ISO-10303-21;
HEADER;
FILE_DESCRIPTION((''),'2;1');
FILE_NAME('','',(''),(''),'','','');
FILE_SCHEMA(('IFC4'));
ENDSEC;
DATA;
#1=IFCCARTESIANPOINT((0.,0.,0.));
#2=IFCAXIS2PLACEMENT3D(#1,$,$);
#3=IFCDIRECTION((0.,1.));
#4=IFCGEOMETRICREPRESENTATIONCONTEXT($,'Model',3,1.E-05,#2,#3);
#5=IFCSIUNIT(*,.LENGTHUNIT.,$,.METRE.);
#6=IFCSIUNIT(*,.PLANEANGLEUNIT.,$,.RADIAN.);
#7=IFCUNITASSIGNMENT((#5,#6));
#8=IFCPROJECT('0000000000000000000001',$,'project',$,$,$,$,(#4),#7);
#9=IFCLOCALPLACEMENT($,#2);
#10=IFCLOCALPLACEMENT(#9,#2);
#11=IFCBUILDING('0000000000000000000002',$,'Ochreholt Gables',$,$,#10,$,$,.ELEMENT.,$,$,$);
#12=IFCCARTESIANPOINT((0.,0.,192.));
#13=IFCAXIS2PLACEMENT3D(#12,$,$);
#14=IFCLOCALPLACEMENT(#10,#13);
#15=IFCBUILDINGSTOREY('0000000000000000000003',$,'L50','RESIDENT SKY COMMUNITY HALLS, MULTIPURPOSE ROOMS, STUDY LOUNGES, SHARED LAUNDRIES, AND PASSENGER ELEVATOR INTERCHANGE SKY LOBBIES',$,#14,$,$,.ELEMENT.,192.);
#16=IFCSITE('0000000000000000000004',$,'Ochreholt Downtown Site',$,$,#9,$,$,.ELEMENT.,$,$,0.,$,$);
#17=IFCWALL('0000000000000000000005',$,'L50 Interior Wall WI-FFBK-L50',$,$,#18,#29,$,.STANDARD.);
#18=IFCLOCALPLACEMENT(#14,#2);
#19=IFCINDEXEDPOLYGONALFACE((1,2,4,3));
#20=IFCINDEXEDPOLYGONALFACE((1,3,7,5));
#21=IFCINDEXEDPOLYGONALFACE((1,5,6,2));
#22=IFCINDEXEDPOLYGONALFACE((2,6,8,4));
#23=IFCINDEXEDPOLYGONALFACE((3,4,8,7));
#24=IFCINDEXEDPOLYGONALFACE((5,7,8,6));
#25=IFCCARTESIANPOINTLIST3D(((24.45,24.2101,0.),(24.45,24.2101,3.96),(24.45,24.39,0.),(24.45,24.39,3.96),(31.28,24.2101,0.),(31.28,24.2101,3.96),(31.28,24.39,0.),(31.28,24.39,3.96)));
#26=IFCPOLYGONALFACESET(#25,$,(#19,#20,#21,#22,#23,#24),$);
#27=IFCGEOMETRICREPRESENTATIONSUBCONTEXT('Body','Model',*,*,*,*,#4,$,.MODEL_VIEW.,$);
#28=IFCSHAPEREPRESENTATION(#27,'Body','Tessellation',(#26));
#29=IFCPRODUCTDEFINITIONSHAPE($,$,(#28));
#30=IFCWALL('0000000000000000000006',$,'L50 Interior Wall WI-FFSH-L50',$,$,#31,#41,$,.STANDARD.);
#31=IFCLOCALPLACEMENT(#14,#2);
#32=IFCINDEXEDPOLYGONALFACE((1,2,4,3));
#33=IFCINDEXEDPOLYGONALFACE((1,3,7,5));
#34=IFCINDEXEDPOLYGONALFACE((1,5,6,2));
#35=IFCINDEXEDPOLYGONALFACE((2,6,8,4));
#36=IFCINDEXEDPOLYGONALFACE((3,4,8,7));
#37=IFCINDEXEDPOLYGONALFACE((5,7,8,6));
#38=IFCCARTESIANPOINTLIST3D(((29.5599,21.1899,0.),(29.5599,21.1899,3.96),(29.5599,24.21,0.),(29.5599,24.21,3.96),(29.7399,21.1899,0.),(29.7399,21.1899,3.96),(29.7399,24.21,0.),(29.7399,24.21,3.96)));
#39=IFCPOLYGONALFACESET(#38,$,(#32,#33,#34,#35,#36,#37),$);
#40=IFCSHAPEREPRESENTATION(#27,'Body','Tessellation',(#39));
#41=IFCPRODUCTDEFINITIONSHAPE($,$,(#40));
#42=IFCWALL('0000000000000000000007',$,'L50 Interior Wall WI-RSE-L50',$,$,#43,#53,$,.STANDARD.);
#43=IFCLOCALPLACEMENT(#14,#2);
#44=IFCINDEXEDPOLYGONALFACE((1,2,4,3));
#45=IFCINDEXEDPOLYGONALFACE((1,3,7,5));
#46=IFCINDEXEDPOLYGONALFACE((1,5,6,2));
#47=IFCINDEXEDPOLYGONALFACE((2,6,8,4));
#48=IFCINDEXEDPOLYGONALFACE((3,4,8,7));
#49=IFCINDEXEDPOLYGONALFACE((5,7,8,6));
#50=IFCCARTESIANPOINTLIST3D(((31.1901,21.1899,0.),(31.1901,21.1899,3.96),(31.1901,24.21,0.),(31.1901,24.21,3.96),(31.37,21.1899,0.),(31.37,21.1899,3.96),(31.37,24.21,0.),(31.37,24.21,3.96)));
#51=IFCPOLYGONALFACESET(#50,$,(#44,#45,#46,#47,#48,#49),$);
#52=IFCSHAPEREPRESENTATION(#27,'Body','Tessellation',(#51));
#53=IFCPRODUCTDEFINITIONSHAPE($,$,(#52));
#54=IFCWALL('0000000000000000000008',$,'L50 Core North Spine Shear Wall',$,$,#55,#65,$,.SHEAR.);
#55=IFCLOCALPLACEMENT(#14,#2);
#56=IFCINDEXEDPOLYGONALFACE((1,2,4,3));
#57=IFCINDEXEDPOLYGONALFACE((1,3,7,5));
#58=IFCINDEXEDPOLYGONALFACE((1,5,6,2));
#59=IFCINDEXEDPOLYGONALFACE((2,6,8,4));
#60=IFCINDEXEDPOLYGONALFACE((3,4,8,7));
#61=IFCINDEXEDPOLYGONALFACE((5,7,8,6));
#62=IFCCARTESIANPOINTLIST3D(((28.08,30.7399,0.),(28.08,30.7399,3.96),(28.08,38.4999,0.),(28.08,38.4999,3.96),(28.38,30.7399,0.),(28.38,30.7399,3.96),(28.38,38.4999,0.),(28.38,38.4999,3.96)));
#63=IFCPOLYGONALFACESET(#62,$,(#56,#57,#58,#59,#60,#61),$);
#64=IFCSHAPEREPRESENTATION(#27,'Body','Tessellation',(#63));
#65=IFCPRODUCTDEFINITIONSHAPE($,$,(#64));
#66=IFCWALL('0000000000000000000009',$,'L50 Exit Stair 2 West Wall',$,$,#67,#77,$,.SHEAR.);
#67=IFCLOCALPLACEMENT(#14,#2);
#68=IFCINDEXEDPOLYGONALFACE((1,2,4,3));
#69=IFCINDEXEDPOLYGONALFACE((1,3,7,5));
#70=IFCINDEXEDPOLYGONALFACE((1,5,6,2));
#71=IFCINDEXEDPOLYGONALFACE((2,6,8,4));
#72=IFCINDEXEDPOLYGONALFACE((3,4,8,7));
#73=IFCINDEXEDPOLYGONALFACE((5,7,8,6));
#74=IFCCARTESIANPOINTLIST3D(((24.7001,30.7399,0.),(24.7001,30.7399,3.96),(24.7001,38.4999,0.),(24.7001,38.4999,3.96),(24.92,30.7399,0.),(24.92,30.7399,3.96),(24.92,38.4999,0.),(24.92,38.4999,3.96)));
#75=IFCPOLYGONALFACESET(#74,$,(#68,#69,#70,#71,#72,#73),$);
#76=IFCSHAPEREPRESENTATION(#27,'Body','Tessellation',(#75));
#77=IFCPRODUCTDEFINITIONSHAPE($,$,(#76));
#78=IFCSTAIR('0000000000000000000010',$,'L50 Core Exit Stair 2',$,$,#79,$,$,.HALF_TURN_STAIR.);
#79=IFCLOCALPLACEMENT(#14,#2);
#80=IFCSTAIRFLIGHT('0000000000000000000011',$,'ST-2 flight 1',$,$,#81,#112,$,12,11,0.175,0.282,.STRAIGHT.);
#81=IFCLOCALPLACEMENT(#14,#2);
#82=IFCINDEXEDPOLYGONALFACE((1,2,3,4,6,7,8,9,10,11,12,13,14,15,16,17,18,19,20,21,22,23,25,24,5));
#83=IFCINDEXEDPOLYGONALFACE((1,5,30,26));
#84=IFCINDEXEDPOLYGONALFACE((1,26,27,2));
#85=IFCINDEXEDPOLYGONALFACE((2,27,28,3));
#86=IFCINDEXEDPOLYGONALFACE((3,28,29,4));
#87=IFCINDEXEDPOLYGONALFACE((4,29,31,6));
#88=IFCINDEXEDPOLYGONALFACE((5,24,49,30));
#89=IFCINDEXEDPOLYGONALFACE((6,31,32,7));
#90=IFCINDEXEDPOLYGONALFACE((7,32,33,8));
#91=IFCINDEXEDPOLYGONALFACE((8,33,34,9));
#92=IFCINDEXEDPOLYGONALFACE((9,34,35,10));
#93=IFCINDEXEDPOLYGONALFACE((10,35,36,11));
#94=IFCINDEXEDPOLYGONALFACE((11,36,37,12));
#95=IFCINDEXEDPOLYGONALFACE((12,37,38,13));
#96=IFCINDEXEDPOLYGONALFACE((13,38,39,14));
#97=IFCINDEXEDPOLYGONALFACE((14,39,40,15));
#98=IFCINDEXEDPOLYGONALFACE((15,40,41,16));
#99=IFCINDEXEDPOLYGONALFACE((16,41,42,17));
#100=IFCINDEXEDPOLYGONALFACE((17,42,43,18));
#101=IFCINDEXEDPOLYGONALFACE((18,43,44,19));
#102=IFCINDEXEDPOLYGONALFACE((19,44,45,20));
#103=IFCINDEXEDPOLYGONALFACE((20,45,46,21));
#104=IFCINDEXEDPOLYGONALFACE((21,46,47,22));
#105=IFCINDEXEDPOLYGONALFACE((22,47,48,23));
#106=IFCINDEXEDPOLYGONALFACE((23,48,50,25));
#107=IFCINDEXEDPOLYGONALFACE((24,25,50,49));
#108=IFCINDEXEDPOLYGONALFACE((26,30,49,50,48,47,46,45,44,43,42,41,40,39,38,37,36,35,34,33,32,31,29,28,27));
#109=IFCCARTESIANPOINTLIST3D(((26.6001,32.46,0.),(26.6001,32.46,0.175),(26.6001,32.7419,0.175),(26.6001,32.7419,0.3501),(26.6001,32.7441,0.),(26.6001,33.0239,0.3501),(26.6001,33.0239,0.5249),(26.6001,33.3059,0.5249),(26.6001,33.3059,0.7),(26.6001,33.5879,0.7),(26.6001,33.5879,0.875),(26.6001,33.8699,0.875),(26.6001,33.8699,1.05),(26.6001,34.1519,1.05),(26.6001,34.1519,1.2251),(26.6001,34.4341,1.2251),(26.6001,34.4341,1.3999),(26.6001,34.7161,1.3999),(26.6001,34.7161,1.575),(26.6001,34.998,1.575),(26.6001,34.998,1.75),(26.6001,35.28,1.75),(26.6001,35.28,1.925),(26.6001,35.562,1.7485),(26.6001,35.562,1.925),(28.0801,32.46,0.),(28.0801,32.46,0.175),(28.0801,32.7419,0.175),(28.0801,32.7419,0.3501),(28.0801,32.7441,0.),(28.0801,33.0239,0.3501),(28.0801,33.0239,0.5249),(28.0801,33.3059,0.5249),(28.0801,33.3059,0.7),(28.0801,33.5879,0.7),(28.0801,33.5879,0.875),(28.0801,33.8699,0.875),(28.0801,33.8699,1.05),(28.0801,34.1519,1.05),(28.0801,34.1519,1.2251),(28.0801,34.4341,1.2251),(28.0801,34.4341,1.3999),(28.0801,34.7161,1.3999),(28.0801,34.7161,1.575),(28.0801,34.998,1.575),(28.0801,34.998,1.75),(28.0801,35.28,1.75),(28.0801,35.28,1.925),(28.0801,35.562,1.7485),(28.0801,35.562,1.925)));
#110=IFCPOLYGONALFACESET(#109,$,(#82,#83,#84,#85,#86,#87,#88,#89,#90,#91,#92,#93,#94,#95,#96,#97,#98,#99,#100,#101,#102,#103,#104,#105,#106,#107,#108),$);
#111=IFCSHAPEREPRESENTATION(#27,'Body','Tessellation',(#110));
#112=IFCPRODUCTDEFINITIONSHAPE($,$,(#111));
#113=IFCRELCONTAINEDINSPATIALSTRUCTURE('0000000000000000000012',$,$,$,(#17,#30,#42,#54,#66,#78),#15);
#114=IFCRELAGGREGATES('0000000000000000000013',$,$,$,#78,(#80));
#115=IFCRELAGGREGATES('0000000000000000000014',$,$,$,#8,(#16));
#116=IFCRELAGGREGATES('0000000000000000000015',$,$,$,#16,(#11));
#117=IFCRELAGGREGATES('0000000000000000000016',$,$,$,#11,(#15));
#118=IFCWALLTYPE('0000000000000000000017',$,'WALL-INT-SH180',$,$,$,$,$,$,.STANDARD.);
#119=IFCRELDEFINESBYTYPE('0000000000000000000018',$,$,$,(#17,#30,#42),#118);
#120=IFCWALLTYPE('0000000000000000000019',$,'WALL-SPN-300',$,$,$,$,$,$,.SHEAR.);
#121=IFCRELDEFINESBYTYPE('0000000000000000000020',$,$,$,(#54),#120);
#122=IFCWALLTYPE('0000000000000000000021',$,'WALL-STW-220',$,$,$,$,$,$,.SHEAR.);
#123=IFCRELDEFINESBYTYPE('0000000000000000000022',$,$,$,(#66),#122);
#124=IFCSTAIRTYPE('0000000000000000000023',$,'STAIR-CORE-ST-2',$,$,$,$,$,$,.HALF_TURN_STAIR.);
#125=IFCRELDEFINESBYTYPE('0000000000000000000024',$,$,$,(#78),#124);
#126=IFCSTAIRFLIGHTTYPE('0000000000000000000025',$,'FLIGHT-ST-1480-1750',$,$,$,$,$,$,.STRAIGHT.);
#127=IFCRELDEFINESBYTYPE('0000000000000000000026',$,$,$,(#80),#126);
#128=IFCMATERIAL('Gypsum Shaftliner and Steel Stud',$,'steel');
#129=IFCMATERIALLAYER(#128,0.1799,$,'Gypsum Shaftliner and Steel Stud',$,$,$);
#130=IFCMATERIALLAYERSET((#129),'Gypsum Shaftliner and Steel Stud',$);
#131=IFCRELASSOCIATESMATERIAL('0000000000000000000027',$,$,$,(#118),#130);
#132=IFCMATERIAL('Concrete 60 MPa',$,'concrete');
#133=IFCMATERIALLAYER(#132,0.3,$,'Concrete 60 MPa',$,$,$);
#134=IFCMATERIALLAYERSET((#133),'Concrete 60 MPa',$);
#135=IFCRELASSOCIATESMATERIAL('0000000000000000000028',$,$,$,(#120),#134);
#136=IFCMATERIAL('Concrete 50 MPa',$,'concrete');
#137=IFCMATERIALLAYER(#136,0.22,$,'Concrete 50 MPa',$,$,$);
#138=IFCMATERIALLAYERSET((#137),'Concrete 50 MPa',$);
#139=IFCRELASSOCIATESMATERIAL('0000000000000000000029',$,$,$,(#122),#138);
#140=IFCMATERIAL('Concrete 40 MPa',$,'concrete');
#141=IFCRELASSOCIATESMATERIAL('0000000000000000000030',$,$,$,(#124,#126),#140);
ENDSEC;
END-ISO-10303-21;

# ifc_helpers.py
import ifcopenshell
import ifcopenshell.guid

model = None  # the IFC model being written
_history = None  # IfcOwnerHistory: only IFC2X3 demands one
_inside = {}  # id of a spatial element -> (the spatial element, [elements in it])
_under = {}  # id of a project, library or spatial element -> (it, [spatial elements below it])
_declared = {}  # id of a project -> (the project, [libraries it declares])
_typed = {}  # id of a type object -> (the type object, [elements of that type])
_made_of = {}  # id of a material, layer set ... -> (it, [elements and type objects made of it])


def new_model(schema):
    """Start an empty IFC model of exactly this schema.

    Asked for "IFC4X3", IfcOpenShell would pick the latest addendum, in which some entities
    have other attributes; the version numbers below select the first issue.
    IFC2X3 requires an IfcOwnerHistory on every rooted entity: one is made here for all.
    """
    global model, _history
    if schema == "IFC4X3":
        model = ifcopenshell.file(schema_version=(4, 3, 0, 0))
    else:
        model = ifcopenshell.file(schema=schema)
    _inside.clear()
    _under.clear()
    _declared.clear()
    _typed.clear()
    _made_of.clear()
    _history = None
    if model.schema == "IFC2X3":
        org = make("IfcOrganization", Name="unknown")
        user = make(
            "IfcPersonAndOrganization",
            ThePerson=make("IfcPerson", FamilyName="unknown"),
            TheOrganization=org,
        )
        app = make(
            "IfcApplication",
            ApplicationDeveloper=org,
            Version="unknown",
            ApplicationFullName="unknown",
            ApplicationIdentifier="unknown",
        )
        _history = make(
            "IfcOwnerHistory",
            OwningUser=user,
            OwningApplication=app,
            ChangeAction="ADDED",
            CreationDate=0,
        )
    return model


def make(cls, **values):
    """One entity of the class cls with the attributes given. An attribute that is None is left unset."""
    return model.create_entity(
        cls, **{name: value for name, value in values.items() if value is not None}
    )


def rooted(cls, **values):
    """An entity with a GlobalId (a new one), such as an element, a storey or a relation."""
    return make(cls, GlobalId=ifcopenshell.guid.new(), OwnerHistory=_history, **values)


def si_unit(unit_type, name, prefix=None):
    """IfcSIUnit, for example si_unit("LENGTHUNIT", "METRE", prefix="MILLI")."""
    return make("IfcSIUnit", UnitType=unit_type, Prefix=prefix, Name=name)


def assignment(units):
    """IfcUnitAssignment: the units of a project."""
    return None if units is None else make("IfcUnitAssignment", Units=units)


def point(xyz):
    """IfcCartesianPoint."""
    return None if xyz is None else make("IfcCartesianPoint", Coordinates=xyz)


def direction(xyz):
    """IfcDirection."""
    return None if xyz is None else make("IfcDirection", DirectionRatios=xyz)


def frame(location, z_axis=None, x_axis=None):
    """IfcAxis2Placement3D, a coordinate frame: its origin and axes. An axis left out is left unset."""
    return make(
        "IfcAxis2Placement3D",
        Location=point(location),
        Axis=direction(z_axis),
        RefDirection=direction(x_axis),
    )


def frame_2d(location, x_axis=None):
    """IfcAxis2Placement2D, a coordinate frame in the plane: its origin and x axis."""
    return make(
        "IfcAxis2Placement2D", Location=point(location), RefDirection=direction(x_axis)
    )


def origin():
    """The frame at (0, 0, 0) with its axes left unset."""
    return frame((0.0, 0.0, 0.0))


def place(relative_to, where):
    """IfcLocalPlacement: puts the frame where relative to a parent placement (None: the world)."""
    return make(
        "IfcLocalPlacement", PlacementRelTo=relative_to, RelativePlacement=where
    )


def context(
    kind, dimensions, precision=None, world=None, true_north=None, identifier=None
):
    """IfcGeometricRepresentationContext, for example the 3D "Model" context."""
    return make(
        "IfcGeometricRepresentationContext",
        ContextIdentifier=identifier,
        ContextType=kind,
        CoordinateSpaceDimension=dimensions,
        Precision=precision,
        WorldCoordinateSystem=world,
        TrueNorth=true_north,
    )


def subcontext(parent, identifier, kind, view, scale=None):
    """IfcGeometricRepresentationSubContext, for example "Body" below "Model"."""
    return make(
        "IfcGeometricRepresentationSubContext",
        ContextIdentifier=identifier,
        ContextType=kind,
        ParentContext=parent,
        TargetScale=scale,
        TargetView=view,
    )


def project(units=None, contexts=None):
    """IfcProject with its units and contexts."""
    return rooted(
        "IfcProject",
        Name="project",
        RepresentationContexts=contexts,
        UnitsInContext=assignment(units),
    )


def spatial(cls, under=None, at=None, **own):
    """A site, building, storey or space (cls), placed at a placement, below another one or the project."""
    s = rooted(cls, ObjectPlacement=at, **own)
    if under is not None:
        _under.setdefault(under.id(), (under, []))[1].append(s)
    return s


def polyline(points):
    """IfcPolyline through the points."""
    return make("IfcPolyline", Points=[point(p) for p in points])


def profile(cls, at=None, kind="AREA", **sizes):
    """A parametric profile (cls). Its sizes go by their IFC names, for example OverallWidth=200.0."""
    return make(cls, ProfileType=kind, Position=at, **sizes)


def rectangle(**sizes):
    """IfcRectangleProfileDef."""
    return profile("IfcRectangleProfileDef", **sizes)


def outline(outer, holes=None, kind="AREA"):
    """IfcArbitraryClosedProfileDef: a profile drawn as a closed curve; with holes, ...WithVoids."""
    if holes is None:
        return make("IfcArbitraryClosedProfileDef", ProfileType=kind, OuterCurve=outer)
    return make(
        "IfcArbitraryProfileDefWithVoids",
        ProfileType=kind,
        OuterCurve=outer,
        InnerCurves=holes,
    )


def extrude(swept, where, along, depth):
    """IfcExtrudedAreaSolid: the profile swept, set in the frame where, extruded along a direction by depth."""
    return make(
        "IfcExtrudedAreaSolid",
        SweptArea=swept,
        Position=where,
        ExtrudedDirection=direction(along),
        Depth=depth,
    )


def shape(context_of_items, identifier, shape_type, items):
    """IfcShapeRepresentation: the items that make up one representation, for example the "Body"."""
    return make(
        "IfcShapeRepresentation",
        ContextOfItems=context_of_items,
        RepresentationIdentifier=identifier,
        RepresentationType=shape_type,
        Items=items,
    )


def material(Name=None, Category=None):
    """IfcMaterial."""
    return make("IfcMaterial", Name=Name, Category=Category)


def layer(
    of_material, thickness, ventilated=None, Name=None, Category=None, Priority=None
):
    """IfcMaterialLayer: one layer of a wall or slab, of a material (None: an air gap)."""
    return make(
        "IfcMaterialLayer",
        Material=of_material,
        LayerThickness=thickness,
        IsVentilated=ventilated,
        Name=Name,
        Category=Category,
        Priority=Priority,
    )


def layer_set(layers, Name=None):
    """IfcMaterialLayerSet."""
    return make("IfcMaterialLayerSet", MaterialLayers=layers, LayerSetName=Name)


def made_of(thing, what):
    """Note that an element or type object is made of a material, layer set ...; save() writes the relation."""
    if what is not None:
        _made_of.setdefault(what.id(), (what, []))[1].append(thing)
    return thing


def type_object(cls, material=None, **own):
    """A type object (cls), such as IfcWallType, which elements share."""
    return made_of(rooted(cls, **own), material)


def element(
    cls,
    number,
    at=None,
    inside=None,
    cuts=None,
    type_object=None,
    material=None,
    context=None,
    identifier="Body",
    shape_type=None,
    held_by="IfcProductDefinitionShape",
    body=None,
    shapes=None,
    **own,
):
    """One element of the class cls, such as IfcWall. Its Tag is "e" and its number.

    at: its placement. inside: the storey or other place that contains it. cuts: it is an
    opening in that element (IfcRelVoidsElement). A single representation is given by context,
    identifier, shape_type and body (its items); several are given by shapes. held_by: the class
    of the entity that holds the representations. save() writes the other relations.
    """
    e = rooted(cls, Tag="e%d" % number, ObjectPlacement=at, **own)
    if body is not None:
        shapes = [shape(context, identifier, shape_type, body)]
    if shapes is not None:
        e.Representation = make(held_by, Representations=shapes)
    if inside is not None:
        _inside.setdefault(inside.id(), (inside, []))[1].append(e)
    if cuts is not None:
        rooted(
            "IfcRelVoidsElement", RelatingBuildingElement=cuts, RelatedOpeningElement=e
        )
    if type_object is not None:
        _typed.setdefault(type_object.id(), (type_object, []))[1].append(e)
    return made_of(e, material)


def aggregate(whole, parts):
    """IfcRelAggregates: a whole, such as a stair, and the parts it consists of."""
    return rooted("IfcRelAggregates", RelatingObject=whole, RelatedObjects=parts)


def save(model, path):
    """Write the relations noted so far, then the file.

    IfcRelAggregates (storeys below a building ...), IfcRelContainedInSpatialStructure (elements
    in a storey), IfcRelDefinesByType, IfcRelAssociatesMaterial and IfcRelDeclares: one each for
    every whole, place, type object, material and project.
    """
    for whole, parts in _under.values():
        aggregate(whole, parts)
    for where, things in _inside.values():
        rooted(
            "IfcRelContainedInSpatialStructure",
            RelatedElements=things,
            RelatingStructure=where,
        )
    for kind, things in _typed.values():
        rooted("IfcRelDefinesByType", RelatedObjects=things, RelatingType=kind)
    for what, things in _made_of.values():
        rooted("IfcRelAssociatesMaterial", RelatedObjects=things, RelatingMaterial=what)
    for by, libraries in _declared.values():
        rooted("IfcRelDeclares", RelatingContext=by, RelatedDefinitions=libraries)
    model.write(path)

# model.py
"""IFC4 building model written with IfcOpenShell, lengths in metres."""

from ifc_helpers import new_model, si_unit, direction, frame, frame_2d, origin, place, context, subcontext, project, spatial, polyline, rectangle, outline, extrude, material, layer, layer_set, type_object, element, aggregate, save


model = new_model("IFC4")

# Units and contexts
model_context = context("Model", 3, precision=1e-05, world=origin(), true_north=direction((0.0, 1.0)))
body_context = subcontext(model_context, "Body", "Model", "MODEL_VIEW")
ifc_project = project(units=[si_unit("LENGTHUNIT", "METRE"), si_unit("PLANEANGLEUNIT", "RADIAN")], contexts=[model_context])

# Site, building, storey
site_placement = place(None, origin())
site = spatial("IfcSite", under=ifc_project, at=site_placement, Name="Ochreholt Downtown Site", CompositionType="ELEMENT", RefElevation=0.0)
building_placement = place(site_placement, origin())
building = spatial("IfcBuilding", under=site, at=building_placement, Name="Ochreholt Gables", CompositionType="ELEMENT")
storey_placement = place(building_placement, frame((0.0, 0.0, 192.0)))
storey = spatial("IfcBuildingStorey", under=building, at=storey_placement, Name="L50", Description="RESIDENT SKY COMMUNITY HALLS, MULTIPURPOSE ROOMS, STUDY LOUNGES, SHARED LAUNDRIES, AND PASSENGER ELEVATOR INTERCHANGE SKY LOBBIES", CompositionType="ELEMENT", Elevation=192.0)

# Shared definitions
ifc_material_1 = material(Name="Concrete 50 MPa", Category="concrete")

# Shared definitions
ifc_material_2 = material(Name="Concrete 60 MPa", Category="concrete")

# Shared definitions
ifc_material_3 = material(Name="Concrete 40 MPa", Category="concrete")

# Walls
ifc_material_4 = material(Name="Gypsum Shaftliner and Steel Stud", Category="steel")
ifc_layer_1 = layer(ifc_material_4, 0.1799, Name="Gypsum Shaftliner and Steel Stud")
ifc_layer_set_1 = layer_set([ifc_layer_1], Name="Gypsum Shaftliner and Steel Stud")
wall_type_1 = type_object("IfcWallType", Name="WALL-INT-SH180", PredefinedType="STANDARD", material=ifc_layer_set_1)
wall_1_placement = place(storey_placement, frame((24.45, 24.3, 0.0), z_axis=(0.0, 0.0, 1.0), x_axis=(1.0, 0.0, 0.0)))
element("IfcWall", 1, at=wall_1_placement, inside=storey, type_object=wall_type_1, Name="L50 Interior Wall WI-FFBK-L50", PredefinedType="STANDARD", context=body_context, shape_type="SweptSolid", body=[
    extrude(rectangle(XDim=6.8301, YDim=0.1799, at=frame_2d((3.415, 0.0))), origin(), (0.0, 0.0, 1.0), 3.96),
])
for number, where, z_axis, x_axis, name in (
    (2, (29.6499, 21.1899, 0.0), (0.0, 0.0, 1.0), (0.0, 1.0, 0.0), "L50 Interior Wall WI-FFSH-L50"),
    (3, (31.28, 21.1899, 0.0), (0.0, 0.0, 1.0), (0.0, 1.0, 0.0), "L50 Interior Wall WI-RSE-L50"),
):
    element("IfcWall", number, at=place(storey_placement, frame(where, z_axis=z_axis, x_axis=x_axis)), inside=storey, type_object=wall_type_1, Name=name, PredefinedType="STANDARD", context=body_context, shape_type="SweptSolid", body=[
        extrude(rectangle(XDim=3.02, YDim=0.1799, at=frame_2d((1.51, 0.0))), origin(), (0.0, 0.0, 1.0), 3.96),
    ])
ifc_layer_2 = layer(ifc_material_2, 0.3, Name="Concrete 60 MPa")
ifc_layer_set_2 = layer_set([ifc_layer_2], Name="Concrete 60 MPa")
wall_type_2 = type_object("IfcWallType", Name="WALL-SPN-300", PredefinedType="SHEAR", material=ifc_layer_set_2)
wall_2_placement = place(storey_placement, frame((28.23, 30.74, 0.0), z_axis=(0.0, 0.0, 1.0), x_axis=(0.0, 1.0, 0.0)))
element("IfcWall", 4, at=wall_2_placement, inside=storey, type_object=wall_type_2, Name="L50 Core North Spine Shear Wall", PredefinedType="SHEAR", context=body_context, shape_type="SweptSolid", body=[
    extrude(rectangle(XDim=7.76, YDim=0.3, at=frame_2d((3.8799, 0.0))), origin(), (0.0, 0.0, 1.0), 3.96),
])
ifc_layer_3 = layer(ifc_material_1, 0.22, Name="Concrete 50 MPa")
ifc_layer_set_3 = layer_set([ifc_layer_3], Name="Concrete 50 MPa")
wall_type_3 = type_object("IfcWallType", Name="WALL-STW-220", PredefinedType="SHEAR", material=ifc_layer_set_3)
wall_3_placement = place(storey_placement, frame((24.8101, 30.74, 0.0), z_axis=(0.0, 0.0, 1.0), x_axis=(0.0, 1.0, 0.0)))
element("IfcWall", 5, at=wall_3_placement, inside=storey, type_object=wall_type_3, Name="L50 Exit Stair 2 West Wall", PredefinedType="SHEAR", context=body_context, shape_type="SweptSolid", body=[
    extrude(rectangle(XDim=7.76, YDim=0.22, at=frame_2d((3.8799, 0.0))), origin(), (0.0, 0.0, 1.0), 3.96),
])

# Stair, stair flight
stair_type = type_object("IfcStairType", Name="STAIR-CORE-ST-2", PredefinedType="HALF_TURN_STAIR", material=ifc_material_3)
stair_placement = place(storey_placement, origin())
stair = element("IfcStair", 6, at=stair_placement, inside=storey, type_object=stair_type, Name="L50 Core Exit Stair 2", PredefinedType="HALF_TURN_STAIR")
stair_flight_type = type_object("IfcStairFlightType", Name="FLIGHT-ST-1480-1750", PredefinedType="STRAIGHT", material=ifc_material_3)
stair_flight_placement = place(storey_placement, frame((27.3401, 32.46, 0.0), z_axis=(0.0, 0.0, 1.0), x_axis=(0.0, 1.0, 0.0)))
stair_flight = element("IfcStairFlight", 7, at=stair_flight_placement, type_object=stair_flight_type, Name="ST-2 flight 1", NumberOfRisers=12, NumberOfTreads=11, PredefinedType="STRAIGHT", RiserHeight=0.175, TreadLength=0.282, context=body_context, shape_type="SweptSolid", body=[
    extrude(outline(polyline([(0.0, 0.0), (0.0, 0.175), (0.282, 0.175), (0.282, 0.3501), (0.564, 0.3501), (0.564, 0.5249), (0.8459, 0.5249), (0.8459, 0.7), (1.1279, 0.7), (1.1279, 0.875), (1.4099, 0.875), (1.4099, 1.05), (1.6919, 1.05), (1.6919, 1.2251), (1.9741, 1.2251), (1.9741, 1.3999), (2.2561, 1.3999), (2.2561, 1.575), (2.5381, 1.575), (2.5381, 1.75), (2.8201, 1.75), (2.8201, 1.925), (3.1021, 1.925), (3.1021, 2.1001), (3.1021, 1.7485), (0.2842, 0.0), (0.0, 0.0)])), frame((0.0, 0.74, 0.0), z_axis=(0.0, -1.0, 0.0), x_axis=(1.0, 0.0, 0.0)), (0.0, 0.0, 1.0), 1.48),
])
aggregate(stair, [stair_flight])

save(model, "model.ifc")
